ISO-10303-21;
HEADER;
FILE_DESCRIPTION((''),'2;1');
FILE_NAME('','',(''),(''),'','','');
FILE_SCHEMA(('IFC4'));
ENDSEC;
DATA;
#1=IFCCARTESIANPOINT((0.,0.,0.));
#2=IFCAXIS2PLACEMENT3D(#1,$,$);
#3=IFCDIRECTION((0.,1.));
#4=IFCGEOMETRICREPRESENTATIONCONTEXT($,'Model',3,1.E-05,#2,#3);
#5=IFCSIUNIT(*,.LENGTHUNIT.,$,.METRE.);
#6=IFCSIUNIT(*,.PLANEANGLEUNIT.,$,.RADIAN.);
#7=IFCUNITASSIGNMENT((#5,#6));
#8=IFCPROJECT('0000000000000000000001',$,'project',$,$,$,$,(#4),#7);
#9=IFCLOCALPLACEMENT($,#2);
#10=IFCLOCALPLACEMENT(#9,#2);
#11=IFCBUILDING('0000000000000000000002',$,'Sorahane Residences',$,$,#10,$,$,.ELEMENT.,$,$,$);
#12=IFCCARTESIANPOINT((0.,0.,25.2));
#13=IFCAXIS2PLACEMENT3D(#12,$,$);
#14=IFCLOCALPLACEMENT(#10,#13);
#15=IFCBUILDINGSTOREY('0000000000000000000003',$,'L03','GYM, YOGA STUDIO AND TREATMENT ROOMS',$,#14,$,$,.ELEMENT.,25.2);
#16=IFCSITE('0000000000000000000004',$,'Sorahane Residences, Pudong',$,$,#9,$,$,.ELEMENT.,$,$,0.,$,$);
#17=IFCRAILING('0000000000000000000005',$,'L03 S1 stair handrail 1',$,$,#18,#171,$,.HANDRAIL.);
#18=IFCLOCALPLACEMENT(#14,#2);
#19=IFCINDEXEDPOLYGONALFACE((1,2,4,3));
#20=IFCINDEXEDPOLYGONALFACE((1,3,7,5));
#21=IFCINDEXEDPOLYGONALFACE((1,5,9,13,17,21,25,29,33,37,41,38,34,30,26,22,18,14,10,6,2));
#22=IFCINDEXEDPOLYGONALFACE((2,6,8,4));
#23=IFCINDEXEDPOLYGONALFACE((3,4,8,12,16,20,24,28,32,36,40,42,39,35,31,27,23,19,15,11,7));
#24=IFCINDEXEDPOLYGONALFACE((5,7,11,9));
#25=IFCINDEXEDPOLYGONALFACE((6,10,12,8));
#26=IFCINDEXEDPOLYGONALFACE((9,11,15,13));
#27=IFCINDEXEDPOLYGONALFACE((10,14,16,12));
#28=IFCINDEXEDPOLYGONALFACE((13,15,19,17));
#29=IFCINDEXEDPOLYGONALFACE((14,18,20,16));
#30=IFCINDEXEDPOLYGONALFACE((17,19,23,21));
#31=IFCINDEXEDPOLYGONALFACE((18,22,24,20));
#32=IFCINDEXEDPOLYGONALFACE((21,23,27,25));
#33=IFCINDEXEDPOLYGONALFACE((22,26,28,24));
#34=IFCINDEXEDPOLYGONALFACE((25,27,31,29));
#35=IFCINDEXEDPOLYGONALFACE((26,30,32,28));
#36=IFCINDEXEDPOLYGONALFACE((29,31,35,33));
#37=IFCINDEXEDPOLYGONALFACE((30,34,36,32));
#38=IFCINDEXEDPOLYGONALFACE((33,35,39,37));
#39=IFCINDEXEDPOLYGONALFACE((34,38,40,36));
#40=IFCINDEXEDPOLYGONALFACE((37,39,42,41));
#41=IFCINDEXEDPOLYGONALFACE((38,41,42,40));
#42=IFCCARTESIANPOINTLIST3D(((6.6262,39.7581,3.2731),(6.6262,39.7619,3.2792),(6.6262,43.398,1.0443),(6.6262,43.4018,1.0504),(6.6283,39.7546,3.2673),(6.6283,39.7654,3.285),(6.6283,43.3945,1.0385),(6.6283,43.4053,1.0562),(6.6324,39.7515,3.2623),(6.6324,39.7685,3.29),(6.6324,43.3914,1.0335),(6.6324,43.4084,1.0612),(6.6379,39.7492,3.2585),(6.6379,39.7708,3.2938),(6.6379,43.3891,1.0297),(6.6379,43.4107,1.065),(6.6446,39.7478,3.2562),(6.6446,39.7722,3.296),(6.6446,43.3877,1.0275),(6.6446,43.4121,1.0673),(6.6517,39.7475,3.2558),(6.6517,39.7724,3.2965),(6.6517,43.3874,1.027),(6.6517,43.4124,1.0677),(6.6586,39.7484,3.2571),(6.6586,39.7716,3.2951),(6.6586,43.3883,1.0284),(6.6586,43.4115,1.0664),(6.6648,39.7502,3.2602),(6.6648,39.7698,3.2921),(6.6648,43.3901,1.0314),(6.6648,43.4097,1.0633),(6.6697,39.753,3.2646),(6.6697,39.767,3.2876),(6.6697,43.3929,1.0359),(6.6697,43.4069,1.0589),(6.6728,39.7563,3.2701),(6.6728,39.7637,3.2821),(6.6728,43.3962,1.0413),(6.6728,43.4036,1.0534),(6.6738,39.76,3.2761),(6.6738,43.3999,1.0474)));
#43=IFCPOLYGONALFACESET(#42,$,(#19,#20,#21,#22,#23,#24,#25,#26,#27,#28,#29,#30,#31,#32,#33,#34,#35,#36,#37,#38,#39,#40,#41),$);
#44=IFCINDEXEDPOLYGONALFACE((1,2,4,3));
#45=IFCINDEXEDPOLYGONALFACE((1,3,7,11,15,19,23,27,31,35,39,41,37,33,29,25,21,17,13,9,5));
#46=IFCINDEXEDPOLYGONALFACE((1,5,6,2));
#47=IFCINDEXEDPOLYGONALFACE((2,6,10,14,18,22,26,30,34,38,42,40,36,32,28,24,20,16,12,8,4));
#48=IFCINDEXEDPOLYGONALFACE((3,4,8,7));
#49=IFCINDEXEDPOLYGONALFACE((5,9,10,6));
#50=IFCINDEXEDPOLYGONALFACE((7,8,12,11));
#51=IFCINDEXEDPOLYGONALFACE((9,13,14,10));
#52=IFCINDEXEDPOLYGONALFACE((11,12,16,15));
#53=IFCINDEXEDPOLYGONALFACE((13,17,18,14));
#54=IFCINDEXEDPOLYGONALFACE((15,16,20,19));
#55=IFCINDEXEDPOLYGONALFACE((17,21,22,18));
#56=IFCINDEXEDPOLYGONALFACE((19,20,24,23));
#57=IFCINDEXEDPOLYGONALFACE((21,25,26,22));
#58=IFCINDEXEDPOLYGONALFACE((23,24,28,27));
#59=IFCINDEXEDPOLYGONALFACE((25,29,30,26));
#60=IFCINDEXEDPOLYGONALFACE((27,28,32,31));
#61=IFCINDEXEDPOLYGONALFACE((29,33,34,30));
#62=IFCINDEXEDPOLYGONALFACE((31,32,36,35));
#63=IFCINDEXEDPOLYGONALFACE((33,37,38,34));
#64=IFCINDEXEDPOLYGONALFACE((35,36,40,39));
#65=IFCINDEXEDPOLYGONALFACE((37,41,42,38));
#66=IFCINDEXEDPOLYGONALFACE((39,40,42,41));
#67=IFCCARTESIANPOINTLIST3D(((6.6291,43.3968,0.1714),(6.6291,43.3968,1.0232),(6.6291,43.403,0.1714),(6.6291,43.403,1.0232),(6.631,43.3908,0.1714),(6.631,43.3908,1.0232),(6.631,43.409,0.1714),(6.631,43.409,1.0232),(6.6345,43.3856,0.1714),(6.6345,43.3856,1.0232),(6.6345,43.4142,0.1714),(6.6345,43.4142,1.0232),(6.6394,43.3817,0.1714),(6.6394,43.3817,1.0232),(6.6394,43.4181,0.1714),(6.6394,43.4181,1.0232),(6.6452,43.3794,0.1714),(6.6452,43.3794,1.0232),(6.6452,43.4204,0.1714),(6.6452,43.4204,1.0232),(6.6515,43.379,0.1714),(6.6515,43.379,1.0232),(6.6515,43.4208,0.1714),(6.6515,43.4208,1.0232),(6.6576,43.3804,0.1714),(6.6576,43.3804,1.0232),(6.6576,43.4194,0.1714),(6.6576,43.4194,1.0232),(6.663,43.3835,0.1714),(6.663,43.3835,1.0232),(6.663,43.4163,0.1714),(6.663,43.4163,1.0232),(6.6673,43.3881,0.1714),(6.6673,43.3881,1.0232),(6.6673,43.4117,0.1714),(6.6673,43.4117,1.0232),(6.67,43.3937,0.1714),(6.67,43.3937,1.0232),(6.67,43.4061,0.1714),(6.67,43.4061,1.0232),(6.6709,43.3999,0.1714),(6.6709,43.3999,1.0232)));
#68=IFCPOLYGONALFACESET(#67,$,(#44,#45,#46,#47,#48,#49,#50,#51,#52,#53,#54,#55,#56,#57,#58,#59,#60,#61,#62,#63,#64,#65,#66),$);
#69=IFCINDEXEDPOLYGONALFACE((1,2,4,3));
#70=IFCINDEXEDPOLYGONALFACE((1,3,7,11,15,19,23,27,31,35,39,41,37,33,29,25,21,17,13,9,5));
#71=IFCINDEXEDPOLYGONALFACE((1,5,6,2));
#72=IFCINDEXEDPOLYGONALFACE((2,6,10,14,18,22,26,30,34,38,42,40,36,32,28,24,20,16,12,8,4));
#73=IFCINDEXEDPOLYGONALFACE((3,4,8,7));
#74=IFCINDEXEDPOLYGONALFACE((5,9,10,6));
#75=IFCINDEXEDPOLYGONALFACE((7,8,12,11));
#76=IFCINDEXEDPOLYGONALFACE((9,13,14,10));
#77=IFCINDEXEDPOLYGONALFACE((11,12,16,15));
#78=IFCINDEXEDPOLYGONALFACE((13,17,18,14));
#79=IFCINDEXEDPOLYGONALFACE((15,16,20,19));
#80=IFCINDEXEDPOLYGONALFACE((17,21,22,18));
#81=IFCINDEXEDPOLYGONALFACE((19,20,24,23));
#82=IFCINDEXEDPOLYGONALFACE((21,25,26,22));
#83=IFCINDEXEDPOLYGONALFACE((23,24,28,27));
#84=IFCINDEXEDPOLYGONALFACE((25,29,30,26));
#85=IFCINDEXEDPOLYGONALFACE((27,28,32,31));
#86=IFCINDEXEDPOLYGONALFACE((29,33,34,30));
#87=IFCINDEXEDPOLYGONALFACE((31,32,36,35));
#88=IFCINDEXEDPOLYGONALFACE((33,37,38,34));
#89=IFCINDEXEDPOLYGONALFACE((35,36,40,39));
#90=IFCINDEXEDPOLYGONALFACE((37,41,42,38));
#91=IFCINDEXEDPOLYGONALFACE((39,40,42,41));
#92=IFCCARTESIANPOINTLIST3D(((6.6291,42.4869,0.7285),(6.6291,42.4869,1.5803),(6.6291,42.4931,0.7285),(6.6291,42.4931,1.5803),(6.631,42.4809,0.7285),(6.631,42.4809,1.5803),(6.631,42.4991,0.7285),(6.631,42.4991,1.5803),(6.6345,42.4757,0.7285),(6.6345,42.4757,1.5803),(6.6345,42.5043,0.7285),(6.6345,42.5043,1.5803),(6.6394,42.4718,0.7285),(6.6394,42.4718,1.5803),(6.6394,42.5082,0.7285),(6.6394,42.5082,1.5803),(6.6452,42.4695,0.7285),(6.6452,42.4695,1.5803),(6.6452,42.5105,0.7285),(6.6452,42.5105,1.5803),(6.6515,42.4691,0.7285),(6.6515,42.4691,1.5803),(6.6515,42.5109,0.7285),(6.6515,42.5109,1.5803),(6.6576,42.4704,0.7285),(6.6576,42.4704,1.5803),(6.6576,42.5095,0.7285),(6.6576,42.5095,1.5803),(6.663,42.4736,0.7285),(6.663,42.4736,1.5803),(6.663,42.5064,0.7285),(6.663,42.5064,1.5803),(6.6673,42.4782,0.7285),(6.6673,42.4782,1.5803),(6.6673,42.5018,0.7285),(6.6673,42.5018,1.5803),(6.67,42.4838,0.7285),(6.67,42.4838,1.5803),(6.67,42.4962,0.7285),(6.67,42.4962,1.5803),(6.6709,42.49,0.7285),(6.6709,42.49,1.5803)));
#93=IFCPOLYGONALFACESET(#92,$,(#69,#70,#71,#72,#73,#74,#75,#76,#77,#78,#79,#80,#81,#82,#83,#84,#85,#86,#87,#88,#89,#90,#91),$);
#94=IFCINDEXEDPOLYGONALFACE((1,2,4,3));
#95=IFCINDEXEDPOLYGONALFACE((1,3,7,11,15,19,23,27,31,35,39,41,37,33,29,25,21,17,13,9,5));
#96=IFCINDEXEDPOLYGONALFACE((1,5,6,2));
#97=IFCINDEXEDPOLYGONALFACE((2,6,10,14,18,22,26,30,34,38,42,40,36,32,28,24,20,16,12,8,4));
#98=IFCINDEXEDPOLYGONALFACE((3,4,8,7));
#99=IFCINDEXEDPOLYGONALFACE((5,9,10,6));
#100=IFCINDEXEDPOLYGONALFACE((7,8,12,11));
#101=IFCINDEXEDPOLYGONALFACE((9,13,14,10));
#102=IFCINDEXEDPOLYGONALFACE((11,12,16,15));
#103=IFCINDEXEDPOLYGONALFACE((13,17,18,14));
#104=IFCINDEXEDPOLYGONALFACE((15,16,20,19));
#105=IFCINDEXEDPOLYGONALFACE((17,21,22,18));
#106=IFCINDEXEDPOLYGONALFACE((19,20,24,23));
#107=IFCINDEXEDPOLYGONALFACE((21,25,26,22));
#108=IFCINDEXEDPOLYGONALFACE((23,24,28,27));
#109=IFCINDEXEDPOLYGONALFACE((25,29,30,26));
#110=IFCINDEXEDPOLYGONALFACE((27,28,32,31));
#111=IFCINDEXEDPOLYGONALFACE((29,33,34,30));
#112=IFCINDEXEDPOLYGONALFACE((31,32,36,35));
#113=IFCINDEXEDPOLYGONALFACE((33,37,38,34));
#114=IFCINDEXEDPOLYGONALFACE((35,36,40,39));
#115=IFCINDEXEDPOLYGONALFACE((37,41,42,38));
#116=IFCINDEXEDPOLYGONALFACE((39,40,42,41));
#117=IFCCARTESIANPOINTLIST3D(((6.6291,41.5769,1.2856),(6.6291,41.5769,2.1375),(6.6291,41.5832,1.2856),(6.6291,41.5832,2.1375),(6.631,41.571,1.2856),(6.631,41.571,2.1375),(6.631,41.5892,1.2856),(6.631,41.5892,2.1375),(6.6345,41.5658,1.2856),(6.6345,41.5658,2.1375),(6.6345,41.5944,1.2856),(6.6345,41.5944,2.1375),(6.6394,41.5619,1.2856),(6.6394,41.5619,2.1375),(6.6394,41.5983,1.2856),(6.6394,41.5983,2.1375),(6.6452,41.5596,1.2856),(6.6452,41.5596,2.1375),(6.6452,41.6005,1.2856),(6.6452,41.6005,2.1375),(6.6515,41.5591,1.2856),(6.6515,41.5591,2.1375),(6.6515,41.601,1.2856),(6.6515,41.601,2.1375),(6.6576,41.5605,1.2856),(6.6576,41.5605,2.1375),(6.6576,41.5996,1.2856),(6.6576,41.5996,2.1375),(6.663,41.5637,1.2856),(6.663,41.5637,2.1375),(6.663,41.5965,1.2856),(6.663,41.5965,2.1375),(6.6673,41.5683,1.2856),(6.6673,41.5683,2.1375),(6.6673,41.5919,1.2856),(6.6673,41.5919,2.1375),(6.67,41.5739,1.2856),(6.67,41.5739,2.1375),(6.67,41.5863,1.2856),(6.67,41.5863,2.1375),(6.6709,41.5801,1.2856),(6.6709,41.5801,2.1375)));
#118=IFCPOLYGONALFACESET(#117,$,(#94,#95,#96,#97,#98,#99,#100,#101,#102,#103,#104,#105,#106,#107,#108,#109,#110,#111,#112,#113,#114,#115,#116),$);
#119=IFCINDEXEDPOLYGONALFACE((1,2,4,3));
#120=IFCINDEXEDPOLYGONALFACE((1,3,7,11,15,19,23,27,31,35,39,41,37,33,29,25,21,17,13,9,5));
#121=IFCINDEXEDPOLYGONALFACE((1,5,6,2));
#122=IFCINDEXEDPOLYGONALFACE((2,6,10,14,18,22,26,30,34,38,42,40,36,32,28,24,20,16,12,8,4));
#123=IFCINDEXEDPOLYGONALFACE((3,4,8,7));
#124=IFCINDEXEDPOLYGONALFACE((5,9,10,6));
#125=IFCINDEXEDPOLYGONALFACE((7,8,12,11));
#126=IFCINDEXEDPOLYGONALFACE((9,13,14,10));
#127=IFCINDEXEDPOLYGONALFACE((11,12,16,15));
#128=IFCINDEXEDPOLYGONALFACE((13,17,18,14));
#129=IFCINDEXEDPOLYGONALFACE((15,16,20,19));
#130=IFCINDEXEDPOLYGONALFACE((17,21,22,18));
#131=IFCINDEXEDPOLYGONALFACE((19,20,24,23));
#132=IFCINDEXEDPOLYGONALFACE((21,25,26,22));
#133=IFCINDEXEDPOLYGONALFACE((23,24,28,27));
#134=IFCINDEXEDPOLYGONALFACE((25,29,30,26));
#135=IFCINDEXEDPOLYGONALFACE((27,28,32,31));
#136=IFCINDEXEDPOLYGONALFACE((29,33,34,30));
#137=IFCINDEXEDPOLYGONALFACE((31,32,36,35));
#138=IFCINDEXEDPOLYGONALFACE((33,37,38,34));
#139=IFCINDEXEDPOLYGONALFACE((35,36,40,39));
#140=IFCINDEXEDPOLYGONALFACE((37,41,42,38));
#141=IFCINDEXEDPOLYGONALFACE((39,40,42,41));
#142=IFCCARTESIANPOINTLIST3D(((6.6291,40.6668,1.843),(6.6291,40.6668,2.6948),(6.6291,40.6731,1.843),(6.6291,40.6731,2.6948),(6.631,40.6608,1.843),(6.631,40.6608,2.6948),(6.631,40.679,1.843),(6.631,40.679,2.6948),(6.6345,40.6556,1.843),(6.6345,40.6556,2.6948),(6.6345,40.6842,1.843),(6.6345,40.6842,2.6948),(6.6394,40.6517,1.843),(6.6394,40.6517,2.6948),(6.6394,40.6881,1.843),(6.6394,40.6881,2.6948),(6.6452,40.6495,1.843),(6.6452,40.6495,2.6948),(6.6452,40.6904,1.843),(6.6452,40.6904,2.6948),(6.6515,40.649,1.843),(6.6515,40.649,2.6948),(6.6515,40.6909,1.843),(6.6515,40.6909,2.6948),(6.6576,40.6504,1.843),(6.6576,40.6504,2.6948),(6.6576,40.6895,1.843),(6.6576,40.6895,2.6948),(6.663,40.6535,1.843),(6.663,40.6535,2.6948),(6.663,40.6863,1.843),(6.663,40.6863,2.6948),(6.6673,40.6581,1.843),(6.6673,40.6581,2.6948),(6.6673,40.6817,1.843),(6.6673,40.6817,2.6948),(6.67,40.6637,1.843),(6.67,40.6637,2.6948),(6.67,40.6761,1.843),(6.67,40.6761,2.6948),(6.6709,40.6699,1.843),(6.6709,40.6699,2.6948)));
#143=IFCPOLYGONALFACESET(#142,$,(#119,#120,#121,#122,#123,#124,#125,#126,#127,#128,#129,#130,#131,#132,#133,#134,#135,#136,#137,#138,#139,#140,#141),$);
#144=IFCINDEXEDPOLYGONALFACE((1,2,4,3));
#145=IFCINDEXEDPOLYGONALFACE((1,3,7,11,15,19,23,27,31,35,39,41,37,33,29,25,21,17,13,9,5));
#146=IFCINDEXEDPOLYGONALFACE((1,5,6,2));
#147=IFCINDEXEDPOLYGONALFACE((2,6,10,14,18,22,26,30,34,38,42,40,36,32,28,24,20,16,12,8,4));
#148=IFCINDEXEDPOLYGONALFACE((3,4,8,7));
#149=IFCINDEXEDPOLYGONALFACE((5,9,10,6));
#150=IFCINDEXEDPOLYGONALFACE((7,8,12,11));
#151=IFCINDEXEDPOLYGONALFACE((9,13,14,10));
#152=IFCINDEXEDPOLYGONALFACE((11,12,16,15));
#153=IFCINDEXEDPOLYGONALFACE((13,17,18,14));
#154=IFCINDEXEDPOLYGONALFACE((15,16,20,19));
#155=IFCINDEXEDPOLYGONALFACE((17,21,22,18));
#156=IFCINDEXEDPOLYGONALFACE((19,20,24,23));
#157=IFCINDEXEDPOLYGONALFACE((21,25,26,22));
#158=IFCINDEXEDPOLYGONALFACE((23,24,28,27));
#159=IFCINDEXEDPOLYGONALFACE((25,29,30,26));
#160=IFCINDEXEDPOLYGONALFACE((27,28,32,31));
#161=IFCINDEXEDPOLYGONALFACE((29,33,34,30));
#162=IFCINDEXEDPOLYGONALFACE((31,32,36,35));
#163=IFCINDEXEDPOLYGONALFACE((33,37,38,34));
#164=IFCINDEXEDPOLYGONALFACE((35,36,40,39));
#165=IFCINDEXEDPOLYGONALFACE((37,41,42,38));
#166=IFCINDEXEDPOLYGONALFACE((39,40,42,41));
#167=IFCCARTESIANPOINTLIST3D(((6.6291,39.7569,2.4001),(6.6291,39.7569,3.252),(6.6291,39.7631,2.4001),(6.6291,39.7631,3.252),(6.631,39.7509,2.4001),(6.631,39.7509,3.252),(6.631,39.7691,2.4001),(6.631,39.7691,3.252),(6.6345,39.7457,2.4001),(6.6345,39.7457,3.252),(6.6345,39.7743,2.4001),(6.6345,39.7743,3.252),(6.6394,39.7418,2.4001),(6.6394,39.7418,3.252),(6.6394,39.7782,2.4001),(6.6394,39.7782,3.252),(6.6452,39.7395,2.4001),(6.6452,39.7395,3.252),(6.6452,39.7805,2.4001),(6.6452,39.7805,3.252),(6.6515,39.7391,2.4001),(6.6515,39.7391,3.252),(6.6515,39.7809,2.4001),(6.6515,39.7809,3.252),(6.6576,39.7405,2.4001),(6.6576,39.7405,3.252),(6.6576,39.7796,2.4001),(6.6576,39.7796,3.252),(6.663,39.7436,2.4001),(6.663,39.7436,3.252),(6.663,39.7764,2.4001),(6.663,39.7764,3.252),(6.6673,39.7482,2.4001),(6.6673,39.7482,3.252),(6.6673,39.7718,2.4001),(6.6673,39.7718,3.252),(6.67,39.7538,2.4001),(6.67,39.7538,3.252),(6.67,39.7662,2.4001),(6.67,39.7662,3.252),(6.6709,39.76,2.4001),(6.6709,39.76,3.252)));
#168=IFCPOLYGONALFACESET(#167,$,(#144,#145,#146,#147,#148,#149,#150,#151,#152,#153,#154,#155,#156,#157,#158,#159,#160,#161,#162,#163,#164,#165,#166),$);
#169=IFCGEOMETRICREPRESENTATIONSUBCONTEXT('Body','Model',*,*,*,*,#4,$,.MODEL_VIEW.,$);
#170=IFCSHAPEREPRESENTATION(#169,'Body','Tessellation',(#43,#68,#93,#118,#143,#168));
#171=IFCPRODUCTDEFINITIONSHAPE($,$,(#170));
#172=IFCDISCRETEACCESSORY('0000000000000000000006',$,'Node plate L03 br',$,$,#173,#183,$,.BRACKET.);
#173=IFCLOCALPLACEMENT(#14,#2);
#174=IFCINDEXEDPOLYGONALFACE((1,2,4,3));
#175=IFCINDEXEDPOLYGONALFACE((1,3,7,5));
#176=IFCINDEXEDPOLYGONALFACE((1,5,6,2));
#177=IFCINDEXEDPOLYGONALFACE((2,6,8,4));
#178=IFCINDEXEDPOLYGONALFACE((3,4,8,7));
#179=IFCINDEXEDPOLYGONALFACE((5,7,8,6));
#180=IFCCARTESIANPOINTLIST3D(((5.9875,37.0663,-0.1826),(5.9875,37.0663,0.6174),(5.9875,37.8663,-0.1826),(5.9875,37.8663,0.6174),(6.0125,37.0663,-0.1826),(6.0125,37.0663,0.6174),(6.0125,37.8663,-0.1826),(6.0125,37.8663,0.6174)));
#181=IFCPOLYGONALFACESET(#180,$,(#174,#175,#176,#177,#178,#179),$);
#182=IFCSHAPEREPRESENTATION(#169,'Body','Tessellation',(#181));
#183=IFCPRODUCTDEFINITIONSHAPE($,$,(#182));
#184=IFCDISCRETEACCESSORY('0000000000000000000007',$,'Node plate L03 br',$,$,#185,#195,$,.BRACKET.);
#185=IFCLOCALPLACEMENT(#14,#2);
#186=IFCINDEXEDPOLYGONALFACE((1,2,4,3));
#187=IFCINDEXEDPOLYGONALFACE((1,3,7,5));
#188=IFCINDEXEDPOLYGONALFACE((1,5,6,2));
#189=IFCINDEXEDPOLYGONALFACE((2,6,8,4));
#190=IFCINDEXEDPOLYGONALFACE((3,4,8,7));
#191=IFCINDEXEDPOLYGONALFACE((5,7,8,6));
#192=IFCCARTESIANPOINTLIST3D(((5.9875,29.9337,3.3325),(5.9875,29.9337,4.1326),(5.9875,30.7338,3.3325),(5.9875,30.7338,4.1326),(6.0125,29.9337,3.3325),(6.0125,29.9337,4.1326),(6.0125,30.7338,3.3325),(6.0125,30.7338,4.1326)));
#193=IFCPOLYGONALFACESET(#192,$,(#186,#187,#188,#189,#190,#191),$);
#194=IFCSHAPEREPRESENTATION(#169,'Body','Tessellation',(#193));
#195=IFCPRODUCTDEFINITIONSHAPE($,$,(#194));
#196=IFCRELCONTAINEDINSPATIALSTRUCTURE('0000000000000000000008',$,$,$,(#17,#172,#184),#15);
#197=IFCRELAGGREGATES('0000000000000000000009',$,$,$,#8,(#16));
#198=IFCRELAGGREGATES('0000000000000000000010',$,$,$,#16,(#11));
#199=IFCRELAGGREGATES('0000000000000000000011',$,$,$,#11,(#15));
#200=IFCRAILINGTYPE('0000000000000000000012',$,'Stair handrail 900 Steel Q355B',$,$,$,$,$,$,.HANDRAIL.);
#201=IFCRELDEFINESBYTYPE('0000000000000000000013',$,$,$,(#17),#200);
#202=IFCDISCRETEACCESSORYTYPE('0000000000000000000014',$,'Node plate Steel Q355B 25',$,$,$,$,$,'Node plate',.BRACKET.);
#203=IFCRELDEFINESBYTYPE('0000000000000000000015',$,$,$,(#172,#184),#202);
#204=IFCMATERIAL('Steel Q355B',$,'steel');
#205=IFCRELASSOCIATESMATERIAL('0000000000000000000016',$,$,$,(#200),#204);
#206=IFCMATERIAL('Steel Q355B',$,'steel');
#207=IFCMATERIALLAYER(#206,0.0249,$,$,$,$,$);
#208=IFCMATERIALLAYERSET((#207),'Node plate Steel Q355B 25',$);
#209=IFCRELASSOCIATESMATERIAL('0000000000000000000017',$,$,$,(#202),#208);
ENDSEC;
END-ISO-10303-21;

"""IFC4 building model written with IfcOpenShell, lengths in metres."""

from ifc_helpers import new_model, si_unit, direction, frame, origin, origin_2d, place, context, subcontext, project, spatial, rectangle, circle, extrude, material, layer, layer_set, type_object, element, save


model = new_model("IFC4")

# Units and contexts
model_context = context("Model", 3, precision=1e-05, world=origin(), true_north=direction((0.0, 1.0)))
body_context = subcontext(model_context, "Body", "Model", "MODEL_VIEW")
ifc_project = project(units=[si_unit("LENGTHUNIT", "METRE"), si_unit("PLANEANGLEUNIT", "RADIAN")], contexts=[model_context])

# Site, building, storey
site_placement = place(None, origin())
site = spatial("IfcSite", under=ifc_project, at=site_placement, Name="Sorahane Residences, Pudong", CompositionType="ELEMENT", RefElevation=0.0)
building_placement = place(site_placement, origin())
building = spatial("IfcBuilding", under=site, at=building_placement, Name="Sorahane Residences", CompositionType="ELEMENT")
storey_placement = place(building_placement, frame((0.0, 0.0, 25.2)))
storey = spatial("IfcBuildingStorey", under=building, at=storey_placement, Name="L03", Description="GYM, YOGA STUDIO AND TREATMENT ROOMS", CompositionType="ELEMENT", Elevation=25.2)

# Railing
ifc_material_1 = material(Name="Steel Q355B", Category="steel")
railing_type = type_object("IfcRailingType", Name="Stair handrail 900 Steel Q355B", PredefinedType="HANDRAIL", material=ifc_material_1)
railing_placement = place(storey_placement, frame((6.6499, 43.3999, 0.1714)))
element("IfcRailing", 1, at=railing_placement, inside=storey, type_object=railing_type, Name="L03 S1 stair handrail 1", PredefinedType="HANDRAIL", context=body_context, shape_type="SweptSolid", body=[
    extrude(circle(Radius=0.0239, at=origin_2d()), frame((0.0, 0.0, 0.876), z_axis=(0.0, -0.852825, 0.522197), x_axis=(1.0, 0.0, 0.0)), (0.0, 0.0, 1.0), 4.2681),
    extrude(circle(Radius=0.021, at=origin_2d()), origin(), (0.0, 0.0, 1.0), 0.8518),
    extrude(circle(Radius=0.021, at=origin_2d()), frame((0.0, -0.9099, 0.5571)), (0.0, 0.0, 1.0), 0.8518),
    extrude(circle(Radius=0.021, at=origin_2d()), frame((0.0, -1.8198, 1.1143)), (0.0, 0.0, 1.0), 0.8518),
    extrude(circle(Radius=0.021, at=origin_2d()), frame((0.0, -2.73, 1.6716)), (0.0, 0.0, 1.0), 0.8518),
    extrude(circle(Radius=0.021, at=origin_2d()), frame((0.0, -3.6399, 2.2288)), (0.0, 0.0, 1.0), 0.8518),
])

# Discrete accessories
ifc_material_2 = material(Name="Steel Q355B", Category="steel")
ifc_layer_1 = layer(ifc_material_2, 0.0249)
ifc_layer_set_1 = layer_set([ifc_layer_1], Name="Node plate Steel Q355B 25")
discrete_accessory_type = type_object("IfcDiscreteAccessoryType", Name="Node plate Steel Q355B 25", ElementType="Node plate", PredefinedType="BRACKET", material=ifc_layer_set_1)
for number, where, z_axis, x_axis, name in (
    (2, (6.0, 37.4663, -0.1826), (0.0, 0.0, 1.0), (0.0, 1.0, 0.0), "Node plate L03 br"),
    (3, (6.0, 30.3337, 3.3325), (0.0, 0.0, 1.0), (0.0, 1.0, 0.0), "Node plate L03 br"),
):
    element("IfcDiscreteAccessory", number, at=place(storey_placement, frame(where, z_axis=z_axis, x_axis=x_axis)), inside=storey, type_object=discrete_accessory_type, Name=name, PredefinedType="BRACKET", context=body_context, shape_type="SweptSolid", body=[
        extrude(rectangle(XDim=0.8, YDim=0.0249, at=origin_2d()), origin(), (0.0, 0.0, 1.0), 0.8),
    ])

save(model, "model.ifc")
